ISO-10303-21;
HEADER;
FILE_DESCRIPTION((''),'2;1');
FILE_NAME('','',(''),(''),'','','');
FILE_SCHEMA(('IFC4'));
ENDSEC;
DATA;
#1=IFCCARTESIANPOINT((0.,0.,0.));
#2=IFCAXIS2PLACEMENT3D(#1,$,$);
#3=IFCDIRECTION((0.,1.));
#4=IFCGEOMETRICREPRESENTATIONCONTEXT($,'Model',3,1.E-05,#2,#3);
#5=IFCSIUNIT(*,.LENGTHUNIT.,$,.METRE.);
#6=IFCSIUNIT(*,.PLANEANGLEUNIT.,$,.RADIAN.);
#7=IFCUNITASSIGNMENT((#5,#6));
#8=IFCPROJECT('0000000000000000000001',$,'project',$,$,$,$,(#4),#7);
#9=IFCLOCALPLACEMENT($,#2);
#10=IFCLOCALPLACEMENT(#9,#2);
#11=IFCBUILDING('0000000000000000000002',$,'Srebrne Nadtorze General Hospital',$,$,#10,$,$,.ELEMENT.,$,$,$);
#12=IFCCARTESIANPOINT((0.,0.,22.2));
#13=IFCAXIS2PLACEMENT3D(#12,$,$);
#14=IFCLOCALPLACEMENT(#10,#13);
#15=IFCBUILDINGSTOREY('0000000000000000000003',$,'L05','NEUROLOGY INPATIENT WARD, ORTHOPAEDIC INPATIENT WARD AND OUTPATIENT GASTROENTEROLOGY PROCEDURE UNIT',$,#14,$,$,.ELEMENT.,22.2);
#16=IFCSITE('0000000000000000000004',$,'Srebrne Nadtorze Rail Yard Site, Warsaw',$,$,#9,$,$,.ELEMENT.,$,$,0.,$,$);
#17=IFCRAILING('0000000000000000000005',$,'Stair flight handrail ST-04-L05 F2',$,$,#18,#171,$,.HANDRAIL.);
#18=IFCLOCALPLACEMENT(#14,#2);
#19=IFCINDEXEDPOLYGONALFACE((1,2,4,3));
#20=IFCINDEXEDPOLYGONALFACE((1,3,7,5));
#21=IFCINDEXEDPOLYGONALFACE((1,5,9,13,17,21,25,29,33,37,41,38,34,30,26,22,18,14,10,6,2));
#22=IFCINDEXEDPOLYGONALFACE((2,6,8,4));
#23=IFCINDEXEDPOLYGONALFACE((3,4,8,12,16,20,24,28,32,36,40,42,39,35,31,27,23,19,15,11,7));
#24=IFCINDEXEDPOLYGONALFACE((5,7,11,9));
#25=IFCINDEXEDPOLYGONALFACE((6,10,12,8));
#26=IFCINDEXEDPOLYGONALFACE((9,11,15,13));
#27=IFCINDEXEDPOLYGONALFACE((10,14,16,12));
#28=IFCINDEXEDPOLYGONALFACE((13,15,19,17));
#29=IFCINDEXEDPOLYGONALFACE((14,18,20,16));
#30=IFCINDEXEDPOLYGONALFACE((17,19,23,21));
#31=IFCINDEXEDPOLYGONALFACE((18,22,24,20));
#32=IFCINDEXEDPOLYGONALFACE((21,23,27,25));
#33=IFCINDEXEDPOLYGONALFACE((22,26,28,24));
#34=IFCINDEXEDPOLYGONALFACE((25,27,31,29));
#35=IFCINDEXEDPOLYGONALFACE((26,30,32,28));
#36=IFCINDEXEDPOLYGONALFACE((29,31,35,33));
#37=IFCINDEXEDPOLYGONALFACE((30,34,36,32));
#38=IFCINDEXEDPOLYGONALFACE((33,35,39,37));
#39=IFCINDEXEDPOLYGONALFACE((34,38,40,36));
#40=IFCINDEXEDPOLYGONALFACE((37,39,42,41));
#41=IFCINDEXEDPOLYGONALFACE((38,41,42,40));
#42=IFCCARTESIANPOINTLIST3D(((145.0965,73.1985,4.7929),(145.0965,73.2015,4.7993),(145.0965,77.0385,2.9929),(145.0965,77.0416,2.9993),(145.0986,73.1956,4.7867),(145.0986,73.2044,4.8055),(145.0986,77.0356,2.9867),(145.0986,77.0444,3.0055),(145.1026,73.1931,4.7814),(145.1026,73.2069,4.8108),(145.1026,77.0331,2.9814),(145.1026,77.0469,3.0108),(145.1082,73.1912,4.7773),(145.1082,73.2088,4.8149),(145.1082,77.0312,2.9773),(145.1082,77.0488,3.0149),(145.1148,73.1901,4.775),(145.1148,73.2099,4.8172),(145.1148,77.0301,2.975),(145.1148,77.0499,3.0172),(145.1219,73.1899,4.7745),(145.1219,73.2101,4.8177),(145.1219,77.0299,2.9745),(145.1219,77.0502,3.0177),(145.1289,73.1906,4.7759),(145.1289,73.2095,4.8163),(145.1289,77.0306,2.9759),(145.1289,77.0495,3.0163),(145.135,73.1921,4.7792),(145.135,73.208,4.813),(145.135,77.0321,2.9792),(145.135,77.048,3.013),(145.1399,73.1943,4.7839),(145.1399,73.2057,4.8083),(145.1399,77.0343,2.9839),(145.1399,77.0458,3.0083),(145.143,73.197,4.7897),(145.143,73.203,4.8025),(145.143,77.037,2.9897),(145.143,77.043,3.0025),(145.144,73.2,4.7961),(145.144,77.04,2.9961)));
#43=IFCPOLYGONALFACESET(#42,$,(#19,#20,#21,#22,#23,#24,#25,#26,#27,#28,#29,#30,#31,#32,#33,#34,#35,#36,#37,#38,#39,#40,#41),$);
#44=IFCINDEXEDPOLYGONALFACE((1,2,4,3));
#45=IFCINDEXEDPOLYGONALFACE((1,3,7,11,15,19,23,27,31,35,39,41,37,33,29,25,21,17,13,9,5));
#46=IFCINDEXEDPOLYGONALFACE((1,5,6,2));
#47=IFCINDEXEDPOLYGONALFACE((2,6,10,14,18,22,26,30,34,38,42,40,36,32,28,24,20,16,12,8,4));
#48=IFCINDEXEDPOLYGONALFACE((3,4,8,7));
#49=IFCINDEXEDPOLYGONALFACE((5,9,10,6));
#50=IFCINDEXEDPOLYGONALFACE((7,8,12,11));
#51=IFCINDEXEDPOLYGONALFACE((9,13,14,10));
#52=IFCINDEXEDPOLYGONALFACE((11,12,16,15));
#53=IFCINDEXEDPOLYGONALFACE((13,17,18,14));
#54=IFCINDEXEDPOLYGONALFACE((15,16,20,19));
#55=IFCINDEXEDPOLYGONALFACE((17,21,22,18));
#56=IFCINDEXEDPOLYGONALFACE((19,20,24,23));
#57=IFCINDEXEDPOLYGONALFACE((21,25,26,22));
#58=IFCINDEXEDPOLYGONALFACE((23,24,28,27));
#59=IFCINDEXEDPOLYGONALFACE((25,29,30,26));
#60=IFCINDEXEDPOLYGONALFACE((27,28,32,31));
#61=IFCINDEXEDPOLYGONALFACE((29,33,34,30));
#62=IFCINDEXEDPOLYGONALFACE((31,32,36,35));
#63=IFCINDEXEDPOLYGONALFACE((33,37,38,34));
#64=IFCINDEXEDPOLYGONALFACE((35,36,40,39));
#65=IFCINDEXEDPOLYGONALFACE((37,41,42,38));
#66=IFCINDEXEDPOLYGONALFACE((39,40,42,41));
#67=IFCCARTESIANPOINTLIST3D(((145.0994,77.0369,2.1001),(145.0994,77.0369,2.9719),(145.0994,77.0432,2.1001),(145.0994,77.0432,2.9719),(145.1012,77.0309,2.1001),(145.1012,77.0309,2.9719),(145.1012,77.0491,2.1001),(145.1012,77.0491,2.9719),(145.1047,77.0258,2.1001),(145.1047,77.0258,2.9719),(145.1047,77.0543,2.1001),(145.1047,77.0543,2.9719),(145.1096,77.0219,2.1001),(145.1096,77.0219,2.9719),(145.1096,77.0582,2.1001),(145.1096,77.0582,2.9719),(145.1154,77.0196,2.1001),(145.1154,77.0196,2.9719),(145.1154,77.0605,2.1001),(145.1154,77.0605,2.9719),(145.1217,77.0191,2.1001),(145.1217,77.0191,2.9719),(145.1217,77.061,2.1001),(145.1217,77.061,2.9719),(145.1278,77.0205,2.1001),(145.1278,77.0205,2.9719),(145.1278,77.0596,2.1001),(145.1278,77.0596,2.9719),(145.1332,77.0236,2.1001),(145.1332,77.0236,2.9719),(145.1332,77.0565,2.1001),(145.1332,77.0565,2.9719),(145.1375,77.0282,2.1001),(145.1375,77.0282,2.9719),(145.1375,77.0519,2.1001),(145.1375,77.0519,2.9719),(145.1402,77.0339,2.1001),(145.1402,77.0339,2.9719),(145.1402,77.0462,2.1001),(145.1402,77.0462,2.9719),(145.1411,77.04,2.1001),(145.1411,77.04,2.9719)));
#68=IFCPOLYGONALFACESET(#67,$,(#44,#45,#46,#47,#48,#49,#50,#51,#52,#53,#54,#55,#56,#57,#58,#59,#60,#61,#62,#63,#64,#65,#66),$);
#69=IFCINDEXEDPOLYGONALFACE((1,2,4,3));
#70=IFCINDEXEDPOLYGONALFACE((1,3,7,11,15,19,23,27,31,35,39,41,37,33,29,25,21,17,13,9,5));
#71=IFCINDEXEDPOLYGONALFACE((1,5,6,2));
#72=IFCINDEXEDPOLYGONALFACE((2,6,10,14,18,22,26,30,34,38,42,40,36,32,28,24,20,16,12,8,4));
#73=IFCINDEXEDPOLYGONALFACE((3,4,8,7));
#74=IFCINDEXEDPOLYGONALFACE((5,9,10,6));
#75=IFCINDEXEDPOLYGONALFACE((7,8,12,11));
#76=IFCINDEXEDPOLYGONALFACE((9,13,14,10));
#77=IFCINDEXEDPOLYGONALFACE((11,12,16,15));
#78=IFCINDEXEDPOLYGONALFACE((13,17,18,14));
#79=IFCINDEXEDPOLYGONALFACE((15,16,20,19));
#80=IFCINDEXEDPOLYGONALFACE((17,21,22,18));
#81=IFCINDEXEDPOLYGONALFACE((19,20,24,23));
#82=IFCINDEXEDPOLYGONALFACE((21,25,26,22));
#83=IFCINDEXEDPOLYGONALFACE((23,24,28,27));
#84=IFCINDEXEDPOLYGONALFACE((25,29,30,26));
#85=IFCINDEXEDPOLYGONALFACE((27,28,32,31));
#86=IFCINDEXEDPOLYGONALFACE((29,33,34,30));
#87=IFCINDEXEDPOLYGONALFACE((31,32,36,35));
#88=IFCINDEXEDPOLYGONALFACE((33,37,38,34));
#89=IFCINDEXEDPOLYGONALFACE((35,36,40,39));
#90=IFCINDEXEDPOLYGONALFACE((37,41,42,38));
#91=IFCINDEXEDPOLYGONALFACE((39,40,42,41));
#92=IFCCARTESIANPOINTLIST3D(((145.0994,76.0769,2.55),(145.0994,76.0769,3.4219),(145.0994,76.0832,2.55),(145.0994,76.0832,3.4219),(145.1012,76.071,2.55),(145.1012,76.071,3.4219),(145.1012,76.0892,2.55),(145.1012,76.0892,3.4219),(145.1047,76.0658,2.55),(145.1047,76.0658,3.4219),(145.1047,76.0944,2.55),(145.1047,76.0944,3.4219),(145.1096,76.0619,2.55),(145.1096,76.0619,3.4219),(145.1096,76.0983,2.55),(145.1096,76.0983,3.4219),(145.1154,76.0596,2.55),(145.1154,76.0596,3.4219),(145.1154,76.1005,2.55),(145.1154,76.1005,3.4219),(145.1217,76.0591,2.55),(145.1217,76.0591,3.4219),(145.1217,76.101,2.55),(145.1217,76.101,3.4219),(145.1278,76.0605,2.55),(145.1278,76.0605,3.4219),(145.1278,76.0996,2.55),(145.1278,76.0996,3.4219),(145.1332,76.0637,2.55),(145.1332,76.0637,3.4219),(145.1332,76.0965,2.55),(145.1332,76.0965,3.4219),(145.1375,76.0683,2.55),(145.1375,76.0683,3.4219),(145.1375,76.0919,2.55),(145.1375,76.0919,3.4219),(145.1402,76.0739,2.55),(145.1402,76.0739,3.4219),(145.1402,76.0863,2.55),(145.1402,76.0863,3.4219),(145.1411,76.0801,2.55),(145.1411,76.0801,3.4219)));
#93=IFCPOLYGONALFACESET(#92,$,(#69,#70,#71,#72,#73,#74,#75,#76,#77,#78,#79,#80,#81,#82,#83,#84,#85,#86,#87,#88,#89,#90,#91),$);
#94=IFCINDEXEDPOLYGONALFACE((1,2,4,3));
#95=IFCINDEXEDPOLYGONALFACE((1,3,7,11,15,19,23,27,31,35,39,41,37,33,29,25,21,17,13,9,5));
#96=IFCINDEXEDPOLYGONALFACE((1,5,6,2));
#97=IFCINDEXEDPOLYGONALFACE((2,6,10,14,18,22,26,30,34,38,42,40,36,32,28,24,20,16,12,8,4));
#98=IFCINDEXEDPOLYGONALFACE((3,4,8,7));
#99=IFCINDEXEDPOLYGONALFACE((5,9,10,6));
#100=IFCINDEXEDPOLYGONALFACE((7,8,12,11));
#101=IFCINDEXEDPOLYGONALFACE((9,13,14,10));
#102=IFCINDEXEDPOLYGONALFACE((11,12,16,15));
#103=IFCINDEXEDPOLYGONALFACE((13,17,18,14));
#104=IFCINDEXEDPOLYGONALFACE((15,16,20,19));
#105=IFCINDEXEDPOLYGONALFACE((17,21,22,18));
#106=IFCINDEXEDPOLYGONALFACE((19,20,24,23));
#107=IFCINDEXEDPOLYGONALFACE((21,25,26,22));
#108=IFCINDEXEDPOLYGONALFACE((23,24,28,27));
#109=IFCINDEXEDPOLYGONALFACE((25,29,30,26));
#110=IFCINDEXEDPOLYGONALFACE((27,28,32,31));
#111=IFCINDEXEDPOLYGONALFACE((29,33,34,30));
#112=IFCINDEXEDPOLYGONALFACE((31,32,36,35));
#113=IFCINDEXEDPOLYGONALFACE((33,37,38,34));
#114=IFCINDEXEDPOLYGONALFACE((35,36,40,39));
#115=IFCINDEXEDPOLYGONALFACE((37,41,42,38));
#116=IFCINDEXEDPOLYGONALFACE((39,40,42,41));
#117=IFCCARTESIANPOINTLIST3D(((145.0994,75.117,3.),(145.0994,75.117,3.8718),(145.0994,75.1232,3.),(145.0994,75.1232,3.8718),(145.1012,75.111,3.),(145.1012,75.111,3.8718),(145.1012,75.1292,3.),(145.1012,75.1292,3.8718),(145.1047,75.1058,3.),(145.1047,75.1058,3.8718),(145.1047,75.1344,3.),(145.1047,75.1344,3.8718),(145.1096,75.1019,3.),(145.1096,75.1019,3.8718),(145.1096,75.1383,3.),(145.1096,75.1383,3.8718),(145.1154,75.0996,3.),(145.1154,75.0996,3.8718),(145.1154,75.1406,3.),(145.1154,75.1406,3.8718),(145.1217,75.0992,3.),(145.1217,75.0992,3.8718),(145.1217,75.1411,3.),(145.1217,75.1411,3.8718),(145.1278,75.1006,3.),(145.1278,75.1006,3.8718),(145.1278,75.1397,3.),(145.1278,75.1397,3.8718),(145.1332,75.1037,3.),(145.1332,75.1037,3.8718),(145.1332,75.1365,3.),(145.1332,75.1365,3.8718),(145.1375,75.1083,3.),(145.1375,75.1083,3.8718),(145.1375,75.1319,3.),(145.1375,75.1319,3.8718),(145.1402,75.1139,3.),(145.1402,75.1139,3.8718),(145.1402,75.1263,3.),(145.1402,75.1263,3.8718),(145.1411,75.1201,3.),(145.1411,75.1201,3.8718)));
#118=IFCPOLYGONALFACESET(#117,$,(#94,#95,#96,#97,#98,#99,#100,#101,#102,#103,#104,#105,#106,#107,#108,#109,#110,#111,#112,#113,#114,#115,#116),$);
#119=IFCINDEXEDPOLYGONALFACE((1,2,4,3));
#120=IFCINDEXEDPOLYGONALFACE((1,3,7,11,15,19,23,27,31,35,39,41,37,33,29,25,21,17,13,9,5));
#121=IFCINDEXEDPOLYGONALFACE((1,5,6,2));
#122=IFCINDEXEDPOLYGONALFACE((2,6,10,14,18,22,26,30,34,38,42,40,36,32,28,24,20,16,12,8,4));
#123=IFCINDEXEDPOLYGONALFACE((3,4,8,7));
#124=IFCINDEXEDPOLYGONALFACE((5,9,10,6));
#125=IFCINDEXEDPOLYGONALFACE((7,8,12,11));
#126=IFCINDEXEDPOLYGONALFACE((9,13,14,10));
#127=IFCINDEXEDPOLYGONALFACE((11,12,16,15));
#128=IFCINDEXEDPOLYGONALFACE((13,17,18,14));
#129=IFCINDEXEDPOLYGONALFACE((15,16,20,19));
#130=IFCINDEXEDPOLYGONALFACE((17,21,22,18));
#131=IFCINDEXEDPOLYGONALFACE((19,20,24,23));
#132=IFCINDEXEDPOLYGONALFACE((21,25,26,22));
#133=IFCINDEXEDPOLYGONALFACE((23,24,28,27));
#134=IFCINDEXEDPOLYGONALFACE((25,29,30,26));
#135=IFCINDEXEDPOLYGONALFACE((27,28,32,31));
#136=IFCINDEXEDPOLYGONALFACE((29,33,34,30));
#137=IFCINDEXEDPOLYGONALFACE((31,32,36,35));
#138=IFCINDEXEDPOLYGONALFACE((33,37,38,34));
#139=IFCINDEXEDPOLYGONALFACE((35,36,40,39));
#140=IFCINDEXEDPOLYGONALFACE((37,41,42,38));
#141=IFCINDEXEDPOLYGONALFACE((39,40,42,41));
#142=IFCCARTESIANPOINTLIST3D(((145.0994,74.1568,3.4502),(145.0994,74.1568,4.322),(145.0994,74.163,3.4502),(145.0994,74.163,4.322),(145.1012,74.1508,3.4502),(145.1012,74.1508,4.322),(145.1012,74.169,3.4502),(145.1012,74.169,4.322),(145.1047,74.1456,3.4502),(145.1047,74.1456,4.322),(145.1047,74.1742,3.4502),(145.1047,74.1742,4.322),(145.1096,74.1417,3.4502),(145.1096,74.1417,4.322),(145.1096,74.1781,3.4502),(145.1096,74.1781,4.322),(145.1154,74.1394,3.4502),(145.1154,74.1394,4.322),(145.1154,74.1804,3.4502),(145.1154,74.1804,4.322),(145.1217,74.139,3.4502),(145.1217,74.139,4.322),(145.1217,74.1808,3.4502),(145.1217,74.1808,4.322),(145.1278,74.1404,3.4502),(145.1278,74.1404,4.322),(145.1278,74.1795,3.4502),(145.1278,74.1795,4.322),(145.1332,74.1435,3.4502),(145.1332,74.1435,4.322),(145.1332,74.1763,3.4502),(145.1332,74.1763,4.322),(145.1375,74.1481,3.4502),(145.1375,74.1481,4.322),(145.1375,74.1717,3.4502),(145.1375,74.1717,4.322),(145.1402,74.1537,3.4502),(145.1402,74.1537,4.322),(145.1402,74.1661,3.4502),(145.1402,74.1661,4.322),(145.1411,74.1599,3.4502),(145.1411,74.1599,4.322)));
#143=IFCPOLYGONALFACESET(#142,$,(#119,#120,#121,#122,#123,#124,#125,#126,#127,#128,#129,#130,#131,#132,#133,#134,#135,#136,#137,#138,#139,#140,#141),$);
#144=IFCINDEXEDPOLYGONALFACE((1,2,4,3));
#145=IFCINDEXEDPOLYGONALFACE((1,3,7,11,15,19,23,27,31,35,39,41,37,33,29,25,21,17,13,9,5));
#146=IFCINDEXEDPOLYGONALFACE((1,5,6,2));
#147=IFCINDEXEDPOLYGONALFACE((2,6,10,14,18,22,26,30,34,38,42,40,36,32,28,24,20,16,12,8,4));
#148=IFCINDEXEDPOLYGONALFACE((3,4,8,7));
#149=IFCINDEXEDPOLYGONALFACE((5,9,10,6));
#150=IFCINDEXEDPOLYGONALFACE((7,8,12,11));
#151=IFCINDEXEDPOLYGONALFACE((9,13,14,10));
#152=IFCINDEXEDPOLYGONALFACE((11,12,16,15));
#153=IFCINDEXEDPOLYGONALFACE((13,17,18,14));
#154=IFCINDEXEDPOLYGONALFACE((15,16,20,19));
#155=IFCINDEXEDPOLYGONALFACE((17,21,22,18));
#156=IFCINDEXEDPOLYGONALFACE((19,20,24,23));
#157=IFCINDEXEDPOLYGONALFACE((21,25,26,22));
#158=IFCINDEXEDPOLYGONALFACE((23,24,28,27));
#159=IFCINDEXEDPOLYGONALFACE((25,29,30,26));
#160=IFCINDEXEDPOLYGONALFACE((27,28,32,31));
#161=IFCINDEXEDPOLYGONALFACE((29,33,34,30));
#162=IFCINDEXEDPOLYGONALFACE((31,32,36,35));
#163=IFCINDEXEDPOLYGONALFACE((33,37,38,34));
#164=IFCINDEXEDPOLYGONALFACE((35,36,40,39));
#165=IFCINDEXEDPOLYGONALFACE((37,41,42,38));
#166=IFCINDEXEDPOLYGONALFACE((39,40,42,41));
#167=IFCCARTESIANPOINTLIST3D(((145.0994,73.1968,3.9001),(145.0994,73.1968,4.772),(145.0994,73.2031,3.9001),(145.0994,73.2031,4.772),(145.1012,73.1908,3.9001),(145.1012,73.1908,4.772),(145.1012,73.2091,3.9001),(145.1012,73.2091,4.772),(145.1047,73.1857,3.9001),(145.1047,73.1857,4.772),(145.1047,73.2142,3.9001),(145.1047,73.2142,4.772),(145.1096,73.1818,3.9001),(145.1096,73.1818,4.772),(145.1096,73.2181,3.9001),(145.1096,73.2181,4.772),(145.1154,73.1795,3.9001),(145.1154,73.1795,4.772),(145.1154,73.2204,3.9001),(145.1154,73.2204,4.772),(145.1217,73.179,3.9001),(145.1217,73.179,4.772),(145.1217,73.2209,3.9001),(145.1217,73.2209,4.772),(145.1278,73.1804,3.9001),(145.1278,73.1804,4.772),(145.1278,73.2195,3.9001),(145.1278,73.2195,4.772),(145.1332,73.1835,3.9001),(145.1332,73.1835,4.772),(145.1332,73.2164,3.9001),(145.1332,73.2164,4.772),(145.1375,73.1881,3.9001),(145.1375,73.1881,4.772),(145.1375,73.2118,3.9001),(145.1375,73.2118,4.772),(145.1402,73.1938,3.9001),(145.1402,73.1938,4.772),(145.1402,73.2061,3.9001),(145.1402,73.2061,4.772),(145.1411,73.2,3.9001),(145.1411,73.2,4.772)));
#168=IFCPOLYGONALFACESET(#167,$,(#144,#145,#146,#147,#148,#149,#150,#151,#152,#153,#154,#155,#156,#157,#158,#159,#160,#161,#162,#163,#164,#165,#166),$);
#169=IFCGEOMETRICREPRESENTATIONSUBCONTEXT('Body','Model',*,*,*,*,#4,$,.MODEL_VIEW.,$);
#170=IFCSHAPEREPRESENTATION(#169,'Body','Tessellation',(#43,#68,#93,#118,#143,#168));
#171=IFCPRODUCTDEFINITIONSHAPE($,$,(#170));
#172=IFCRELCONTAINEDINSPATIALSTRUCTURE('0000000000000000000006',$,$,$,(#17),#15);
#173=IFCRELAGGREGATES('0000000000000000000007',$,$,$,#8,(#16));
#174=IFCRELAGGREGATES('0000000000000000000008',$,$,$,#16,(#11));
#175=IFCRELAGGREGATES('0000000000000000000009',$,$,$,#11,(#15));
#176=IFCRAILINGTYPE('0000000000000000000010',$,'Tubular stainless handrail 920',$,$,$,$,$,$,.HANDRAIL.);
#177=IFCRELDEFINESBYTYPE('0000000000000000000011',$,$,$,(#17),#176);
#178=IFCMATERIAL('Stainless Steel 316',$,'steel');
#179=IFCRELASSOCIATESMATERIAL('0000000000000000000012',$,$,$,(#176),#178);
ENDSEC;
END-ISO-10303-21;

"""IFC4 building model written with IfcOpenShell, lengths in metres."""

from ifc_helpers import new_model, si_unit, direction, frame, origin, origin_2d, place, context, subcontext, project, spatial, circle, extrude, material, type_object, element, save


model = new_model("IFC4")

# Units and contexts
model_context = context("Model", 3, precision=1e-05, world=origin(), true_north=direction((0.0, 1.0)))
body_context = subcontext(model_context, "Body", "Model", "MODEL_VIEW")
ifc_project = project(units=[si_unit("LENGTHUNIT", "METRE"), si_unit("PLANEANGLEUNIT", "RADIAN")], contexts=[model_context])

# Site, building, storey
site_placement = place(None, origin())
site = spatial("IfcSite", under=ifc_project, at=site_placement, Name="Srebrne Nadtorze Rail Yard Site, Warsaw", CompositionType="ELEMENT", RefElevation=0.0)
building_placement = place(site_placement, origin())
building = spatial("IfcBuilding", under=site, at=building_placement, Name="Srebrne Nadtorze General Hospital", CompositionType="ELEMENT")
storey_placement = place(building_placement, frame((0.0, 0.0, 22.2)))
storey = spatial("IfcBuildingStorey", under=building, at=storey_placement, Name="L05", Description="NEUROLOGY INPATIENT WARD, ORTHOPAEDIC INPATIENT WARD AND OUTPATIENT GASTROENTEROLOGY PROCEDURE UNIT", CompositionType="ELEMENT", Elevation=22.2)

# Railing
ifc_material_1 = material(Name="Stainless Steel 316", Category="steel")
railing_type_1 = type_object("IfcRailingType", Name="Tubular stainless handrail 920", PredefinedType="HANDRAIL", material=ifc_material_1)
railing_1_placement = place(storey_placement, frame((145.1201, 77.04, 2.1001)))
element("IfcRailing", 1, at=railing_1_placement, inside=storey, type_object=railing_type_1, Name="Stair flight handrail ST-04-L05 F2", PredefinedType="HANDRAIL", context=body_context, shape_type="SweptSolid", body=[
    extrude(circle(Radius=0.0239, at=origin_2d()), frame((0.0, 0.0, 0.896), z_axis=(0.0, -0.905458, 0.424435), x_axis=(1.0, 0.0, 0.0)), (0.0, 0.0, 1.0), 4.241),
    extrude(circle(Radius=0.021, at=origin_2d()), origin(), (0.0, 0.0, 1.0), 0.8718),
    extrude(circle(Radius=0.021, at=origin_2d()), frame((0.0, -0.96, 0.45)), (0.0, 0.0, 1.0), 0.8718),
    extrude(circle(Radius=0.021, at=origin_2d()), frame((0.0, -1.9199, 0.8999)), (0.0, 0.0, 1.0), 0.8718),
    extrude(circle(Radius=0.021, at=origin_2d()), frame((0.0, -2.8801, 1.3501)), (0.0, 0.0, 1.0), 0.8718),
    extrude(circle(Radius=0.021, at=origin_2d()), frame((0.0, -3.8401, 1.8)), (0.0, 0.0, 1.0), 0.8718),
])

save(model, "model.ifc")
